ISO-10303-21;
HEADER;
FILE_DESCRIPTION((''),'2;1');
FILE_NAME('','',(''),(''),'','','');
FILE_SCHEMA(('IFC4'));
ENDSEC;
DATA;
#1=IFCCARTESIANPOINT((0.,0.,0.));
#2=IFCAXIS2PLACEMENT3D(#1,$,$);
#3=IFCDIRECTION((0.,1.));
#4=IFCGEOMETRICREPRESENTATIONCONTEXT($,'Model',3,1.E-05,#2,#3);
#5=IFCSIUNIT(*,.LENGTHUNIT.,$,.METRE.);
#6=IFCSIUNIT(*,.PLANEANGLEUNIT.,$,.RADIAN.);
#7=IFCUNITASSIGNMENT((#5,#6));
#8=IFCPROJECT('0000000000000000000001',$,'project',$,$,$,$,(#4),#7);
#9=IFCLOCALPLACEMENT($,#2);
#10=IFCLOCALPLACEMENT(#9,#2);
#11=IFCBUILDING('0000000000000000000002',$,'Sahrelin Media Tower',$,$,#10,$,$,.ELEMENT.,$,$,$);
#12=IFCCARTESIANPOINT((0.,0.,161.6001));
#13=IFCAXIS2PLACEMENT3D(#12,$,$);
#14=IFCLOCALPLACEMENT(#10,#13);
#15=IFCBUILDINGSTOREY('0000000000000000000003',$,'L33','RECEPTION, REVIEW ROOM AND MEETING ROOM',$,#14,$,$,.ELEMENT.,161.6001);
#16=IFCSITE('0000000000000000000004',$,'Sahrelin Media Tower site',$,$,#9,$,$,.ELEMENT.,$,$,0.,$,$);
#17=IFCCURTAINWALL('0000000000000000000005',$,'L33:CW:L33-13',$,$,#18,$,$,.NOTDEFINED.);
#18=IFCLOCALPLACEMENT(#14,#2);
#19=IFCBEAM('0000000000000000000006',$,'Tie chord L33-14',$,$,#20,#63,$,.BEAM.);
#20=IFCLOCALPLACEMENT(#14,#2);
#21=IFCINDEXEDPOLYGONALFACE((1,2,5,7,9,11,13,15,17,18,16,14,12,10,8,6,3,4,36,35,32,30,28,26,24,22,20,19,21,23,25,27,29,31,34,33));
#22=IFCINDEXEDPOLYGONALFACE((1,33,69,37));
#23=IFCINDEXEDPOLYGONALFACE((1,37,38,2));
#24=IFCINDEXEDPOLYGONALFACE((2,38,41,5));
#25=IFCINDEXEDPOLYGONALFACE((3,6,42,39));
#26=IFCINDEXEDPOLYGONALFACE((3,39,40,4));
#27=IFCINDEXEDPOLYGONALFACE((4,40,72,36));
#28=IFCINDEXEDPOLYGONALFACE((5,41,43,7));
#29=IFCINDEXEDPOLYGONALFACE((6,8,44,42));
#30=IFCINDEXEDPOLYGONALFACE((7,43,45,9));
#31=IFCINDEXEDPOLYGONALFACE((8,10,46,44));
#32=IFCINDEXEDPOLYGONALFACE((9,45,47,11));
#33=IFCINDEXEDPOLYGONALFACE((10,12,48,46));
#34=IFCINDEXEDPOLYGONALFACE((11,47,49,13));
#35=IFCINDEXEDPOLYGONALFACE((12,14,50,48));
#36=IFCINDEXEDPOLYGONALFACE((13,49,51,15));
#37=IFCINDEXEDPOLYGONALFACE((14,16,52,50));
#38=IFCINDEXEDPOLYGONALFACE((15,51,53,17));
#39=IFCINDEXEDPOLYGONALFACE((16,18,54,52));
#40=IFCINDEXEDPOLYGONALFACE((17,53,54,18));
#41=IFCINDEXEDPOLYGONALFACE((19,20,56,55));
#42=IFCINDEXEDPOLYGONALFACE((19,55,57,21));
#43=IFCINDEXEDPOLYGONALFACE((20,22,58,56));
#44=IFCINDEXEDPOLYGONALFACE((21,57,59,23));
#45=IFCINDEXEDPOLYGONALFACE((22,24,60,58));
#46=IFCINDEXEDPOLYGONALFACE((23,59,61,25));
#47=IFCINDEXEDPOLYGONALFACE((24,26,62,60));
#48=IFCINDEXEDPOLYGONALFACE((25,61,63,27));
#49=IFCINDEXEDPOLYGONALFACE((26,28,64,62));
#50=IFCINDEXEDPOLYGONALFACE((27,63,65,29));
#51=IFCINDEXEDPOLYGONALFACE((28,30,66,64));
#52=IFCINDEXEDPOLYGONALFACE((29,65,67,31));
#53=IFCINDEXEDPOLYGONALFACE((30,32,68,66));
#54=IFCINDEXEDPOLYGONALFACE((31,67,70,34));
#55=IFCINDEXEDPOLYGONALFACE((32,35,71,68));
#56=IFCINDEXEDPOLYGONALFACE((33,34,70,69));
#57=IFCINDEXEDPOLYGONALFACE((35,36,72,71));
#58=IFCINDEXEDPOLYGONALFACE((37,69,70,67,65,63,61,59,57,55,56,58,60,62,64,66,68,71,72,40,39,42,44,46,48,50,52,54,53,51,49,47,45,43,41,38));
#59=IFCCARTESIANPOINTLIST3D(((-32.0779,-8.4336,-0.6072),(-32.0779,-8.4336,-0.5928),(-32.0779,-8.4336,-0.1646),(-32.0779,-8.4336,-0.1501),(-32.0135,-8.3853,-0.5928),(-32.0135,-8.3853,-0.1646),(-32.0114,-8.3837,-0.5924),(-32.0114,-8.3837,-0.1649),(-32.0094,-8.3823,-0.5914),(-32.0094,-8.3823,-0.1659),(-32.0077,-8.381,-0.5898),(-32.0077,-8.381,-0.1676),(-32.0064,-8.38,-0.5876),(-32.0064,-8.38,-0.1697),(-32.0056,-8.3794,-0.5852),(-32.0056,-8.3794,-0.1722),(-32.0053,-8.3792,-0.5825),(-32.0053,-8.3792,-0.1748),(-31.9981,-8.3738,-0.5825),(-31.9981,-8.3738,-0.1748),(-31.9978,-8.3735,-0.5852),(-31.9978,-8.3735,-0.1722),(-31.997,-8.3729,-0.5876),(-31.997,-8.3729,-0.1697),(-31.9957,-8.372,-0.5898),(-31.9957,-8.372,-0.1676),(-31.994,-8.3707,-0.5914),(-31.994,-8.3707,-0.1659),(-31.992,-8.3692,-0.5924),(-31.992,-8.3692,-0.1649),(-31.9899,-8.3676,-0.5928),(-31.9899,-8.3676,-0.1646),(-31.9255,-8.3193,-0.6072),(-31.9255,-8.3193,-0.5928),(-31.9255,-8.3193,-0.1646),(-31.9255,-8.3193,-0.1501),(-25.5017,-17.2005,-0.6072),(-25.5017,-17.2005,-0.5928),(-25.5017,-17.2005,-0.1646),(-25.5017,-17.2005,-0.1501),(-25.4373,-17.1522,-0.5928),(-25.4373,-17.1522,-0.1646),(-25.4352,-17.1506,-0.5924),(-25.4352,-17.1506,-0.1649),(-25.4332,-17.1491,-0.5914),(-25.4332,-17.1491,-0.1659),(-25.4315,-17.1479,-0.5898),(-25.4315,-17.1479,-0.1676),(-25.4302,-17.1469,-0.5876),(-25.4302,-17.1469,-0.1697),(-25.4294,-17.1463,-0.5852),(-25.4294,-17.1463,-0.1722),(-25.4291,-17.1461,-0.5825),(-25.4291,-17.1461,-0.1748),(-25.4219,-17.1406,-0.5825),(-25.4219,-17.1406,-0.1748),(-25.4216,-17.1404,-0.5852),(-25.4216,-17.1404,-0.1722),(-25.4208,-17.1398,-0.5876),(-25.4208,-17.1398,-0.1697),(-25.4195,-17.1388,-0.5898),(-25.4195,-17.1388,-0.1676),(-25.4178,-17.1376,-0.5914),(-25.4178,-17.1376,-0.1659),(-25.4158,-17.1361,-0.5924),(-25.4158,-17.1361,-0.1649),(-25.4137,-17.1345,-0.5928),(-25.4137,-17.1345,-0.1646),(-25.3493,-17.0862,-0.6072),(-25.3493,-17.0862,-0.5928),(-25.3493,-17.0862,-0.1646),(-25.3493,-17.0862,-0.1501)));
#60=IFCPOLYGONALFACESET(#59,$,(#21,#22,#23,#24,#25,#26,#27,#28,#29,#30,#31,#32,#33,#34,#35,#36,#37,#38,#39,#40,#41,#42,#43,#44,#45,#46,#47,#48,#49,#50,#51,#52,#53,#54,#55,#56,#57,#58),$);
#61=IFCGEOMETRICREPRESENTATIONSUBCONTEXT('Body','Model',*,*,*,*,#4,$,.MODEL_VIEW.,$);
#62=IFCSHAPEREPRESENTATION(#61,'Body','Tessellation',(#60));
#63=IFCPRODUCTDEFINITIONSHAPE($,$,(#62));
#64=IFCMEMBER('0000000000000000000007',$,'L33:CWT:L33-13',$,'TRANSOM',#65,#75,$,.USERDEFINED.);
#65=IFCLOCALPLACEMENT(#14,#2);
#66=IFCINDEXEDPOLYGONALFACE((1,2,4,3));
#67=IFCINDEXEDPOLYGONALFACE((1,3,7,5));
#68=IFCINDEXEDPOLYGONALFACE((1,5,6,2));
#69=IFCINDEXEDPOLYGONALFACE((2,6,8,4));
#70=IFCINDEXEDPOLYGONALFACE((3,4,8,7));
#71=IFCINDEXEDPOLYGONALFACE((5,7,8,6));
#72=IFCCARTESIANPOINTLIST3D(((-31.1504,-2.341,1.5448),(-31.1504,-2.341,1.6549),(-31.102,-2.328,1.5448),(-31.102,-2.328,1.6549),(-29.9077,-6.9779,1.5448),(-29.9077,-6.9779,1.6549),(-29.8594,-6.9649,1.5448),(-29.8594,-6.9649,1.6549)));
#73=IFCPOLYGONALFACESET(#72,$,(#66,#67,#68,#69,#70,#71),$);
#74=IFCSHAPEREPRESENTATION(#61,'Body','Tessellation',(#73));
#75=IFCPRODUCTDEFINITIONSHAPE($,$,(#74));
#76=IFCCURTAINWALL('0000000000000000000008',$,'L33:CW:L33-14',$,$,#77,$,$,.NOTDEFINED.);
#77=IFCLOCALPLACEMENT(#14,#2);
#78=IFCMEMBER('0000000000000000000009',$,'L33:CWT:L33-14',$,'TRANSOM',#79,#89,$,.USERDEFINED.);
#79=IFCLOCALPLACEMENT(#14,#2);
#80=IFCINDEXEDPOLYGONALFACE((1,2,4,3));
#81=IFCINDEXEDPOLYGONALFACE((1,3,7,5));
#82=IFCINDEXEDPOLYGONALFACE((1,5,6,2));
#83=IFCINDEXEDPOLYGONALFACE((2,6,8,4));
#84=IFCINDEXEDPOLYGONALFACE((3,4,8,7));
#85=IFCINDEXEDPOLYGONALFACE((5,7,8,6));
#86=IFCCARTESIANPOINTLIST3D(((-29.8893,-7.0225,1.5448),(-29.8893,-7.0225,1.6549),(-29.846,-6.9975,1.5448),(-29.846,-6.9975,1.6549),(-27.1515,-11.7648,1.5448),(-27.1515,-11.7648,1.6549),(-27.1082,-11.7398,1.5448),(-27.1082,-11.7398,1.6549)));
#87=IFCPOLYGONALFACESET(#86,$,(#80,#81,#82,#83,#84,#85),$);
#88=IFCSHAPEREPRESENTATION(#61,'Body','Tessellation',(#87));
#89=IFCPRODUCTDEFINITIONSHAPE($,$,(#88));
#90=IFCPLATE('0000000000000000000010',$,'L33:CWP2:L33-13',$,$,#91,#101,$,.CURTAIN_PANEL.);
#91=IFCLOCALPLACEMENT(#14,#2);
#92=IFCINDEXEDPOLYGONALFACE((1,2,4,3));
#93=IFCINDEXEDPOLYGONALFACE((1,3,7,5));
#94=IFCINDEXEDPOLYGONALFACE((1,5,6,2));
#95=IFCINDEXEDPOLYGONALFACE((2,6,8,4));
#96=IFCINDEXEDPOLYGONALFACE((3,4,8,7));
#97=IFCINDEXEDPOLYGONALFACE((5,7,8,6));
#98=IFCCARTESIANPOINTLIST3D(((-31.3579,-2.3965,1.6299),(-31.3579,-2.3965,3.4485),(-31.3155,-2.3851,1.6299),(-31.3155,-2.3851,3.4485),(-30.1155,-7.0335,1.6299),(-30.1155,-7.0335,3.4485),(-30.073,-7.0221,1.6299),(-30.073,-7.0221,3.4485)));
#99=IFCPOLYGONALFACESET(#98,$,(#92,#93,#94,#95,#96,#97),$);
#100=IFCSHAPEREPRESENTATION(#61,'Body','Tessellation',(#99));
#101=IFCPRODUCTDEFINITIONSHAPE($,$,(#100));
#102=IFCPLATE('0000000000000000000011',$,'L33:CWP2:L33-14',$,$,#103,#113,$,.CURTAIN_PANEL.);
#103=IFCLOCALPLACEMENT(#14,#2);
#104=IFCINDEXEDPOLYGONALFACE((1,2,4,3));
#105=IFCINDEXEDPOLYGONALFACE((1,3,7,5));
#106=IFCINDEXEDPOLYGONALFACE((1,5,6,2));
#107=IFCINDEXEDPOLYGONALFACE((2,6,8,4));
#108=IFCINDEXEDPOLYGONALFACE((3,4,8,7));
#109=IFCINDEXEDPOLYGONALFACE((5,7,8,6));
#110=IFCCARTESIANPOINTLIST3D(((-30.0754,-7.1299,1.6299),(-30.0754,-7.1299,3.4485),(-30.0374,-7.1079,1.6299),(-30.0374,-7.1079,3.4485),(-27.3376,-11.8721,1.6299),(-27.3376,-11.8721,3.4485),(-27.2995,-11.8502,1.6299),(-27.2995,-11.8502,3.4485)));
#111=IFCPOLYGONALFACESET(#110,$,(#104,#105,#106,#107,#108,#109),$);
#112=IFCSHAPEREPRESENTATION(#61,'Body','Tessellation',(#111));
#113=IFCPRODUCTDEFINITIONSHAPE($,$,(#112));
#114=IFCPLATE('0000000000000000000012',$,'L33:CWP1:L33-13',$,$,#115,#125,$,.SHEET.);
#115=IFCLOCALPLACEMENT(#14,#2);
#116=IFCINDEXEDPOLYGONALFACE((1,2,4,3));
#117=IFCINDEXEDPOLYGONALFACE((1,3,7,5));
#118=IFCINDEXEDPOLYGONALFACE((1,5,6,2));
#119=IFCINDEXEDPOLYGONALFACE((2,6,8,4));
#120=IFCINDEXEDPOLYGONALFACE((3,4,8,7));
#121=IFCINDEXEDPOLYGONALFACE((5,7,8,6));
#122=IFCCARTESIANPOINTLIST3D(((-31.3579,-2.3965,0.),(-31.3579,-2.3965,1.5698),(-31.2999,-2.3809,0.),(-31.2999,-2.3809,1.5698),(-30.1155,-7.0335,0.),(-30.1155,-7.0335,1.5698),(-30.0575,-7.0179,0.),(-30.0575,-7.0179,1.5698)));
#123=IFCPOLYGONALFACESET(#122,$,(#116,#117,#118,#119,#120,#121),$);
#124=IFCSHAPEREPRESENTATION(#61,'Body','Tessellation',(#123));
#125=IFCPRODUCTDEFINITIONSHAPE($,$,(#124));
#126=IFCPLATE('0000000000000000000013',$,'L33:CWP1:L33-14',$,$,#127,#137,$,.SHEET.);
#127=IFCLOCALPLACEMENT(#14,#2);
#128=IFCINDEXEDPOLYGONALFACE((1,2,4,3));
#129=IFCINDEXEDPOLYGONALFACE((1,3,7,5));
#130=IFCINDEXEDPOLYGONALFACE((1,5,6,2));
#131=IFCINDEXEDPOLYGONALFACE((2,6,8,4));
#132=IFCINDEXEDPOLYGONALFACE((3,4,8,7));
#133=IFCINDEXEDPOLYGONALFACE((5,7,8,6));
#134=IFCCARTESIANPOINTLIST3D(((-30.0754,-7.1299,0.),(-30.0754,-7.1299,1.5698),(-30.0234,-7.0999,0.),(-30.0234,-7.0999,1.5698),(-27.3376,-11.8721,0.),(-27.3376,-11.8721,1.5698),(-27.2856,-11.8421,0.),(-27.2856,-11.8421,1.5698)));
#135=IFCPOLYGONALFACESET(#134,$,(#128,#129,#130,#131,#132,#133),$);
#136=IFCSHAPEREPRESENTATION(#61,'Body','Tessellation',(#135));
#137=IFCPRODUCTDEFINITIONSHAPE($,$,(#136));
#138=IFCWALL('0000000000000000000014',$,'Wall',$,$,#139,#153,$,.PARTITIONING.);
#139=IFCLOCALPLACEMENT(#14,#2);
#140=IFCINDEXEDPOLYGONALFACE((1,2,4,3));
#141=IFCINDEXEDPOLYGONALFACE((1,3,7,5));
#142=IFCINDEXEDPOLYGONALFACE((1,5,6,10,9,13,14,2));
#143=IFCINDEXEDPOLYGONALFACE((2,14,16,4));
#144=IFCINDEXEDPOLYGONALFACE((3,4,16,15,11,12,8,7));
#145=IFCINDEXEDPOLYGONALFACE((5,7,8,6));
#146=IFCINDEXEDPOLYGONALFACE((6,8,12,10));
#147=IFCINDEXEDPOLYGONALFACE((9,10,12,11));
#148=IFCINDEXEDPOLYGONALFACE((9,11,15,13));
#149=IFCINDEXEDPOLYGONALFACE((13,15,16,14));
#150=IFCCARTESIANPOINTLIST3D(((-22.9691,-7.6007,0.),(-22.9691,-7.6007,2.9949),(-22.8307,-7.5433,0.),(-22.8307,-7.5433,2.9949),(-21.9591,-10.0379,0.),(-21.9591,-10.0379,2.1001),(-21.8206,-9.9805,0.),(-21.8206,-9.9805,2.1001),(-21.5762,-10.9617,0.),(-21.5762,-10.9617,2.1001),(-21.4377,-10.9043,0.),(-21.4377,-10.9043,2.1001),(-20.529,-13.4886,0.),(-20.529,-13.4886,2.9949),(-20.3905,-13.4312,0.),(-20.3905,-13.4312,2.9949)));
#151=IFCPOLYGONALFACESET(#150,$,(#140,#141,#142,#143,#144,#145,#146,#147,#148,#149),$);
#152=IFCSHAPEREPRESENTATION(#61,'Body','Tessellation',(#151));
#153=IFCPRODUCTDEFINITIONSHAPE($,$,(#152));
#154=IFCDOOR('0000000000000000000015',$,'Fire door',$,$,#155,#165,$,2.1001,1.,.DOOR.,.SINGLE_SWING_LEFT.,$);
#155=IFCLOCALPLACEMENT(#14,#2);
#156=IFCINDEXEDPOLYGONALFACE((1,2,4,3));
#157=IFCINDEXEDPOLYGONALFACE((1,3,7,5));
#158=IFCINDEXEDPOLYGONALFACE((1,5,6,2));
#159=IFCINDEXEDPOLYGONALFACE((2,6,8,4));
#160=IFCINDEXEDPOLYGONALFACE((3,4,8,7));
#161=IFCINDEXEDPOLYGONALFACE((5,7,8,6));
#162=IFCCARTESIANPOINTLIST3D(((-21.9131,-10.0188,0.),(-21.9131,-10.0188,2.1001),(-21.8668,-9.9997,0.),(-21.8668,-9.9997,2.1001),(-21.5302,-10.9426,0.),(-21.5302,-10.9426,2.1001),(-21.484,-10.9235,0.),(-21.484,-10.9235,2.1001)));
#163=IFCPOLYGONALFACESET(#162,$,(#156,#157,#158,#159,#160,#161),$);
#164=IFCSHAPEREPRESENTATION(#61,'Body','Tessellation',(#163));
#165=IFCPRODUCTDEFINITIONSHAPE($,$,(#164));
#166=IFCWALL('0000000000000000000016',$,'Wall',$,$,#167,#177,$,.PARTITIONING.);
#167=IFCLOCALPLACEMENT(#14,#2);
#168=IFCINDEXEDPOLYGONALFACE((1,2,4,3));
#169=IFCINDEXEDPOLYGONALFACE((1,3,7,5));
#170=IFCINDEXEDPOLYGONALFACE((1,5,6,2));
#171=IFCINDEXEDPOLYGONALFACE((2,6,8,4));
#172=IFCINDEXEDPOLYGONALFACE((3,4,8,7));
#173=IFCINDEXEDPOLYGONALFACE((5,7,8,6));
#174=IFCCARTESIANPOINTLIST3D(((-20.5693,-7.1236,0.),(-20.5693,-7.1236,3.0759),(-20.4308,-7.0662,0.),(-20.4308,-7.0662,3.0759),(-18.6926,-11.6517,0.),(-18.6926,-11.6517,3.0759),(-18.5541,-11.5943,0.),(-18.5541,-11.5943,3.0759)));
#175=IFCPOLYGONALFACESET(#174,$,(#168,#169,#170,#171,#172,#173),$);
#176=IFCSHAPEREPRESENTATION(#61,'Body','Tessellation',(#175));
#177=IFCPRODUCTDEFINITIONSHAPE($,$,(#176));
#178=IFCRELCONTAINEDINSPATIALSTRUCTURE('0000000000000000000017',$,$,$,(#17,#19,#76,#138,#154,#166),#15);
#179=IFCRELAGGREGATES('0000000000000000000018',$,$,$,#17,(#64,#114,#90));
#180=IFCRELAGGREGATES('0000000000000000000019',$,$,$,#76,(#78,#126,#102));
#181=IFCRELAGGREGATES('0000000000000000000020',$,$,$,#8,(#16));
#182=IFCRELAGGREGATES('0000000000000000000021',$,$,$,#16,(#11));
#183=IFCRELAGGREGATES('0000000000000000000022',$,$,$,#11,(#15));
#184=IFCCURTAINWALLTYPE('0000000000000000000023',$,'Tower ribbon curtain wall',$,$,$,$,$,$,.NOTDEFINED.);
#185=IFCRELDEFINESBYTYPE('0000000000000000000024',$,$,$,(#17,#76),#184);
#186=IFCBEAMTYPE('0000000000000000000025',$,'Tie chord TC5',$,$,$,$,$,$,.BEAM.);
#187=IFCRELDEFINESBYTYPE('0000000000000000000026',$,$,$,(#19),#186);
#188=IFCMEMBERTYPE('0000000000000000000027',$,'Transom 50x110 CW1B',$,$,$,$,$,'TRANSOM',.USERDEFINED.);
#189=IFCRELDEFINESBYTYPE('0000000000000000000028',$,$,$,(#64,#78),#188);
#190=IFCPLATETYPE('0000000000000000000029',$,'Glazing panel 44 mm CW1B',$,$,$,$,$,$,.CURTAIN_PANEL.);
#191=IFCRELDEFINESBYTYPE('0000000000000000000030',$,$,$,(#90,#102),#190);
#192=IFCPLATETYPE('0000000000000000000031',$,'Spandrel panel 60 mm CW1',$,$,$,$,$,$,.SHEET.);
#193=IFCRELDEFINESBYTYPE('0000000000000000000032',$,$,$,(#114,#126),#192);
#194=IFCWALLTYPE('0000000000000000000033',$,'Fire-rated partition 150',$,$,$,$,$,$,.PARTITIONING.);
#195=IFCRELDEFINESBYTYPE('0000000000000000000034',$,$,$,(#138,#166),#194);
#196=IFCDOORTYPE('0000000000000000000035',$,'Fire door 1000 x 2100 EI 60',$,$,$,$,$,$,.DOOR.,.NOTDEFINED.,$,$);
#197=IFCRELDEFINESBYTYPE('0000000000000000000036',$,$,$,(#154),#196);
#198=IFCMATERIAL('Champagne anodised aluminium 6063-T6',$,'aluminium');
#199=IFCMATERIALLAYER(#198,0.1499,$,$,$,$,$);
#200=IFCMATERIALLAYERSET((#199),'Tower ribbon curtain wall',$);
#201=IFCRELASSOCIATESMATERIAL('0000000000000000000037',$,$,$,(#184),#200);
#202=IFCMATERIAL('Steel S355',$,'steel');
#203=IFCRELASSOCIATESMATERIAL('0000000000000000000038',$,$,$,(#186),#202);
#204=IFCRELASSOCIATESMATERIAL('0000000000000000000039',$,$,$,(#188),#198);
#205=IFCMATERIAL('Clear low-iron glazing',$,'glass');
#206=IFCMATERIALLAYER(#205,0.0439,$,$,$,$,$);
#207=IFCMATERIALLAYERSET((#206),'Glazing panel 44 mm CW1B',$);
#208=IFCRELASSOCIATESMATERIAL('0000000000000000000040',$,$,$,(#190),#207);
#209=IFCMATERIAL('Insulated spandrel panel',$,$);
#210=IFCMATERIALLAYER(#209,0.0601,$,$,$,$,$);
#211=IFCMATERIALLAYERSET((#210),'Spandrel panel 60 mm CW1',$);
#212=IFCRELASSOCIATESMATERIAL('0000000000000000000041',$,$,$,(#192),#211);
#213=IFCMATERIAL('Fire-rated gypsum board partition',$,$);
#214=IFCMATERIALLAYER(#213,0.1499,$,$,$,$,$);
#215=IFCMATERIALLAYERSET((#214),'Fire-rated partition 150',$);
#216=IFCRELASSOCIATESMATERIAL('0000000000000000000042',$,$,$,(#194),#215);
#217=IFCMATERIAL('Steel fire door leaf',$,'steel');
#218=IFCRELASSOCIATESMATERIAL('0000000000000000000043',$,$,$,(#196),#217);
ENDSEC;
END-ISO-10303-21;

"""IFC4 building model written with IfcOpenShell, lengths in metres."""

from ifc_helpers import new_model, si_unit, direction, frame, frame_2d, origin, origin_2d, place, context, subcontext, project, spatial, polyline, rectangle, i_section, outline, extrude, material, layer, layer_set, material_profile, profile_set, type_object, element, fill, aggregate, save


model = new_model("IFC4")

# Units and contexts
model_context = context("Model", 3, precision=1e-05, world=origin(), true_north=direction((0.0, 1.0)))
body_context = subcontext(model_context, "Body", "Model", "MODEL_VIEW")
ifc_project = project(units=[si_unit("LENGTHUNIT", "METRE"), si_unit("PLANEANGLEUNIT", "RADIAN")], contexts=[model_context])

# Site, building, storey
site_placement = place(None, origin())
site = spatial("IfcSite", under=ifc_project, at=site_placement, Name="Sahrelin Media Tower site", CompositionType="ELEMENT", RefElevation=0.0)
building_placement = place(site_placement, origin())
building = spatial("IfcBuilding", under=site, at=building_placement, Name="Sahrelin Media Tower", CompositionType="ELEMENT")
storey_placement = place(building_placement, frame((0.0, 0.0, 161.6001)))
storey = spatial("IfcBuildingStorey", under=building, at=storey_placement, Name="L33", Description="RECEPTION, REVIEW ROOM AND MEETING ROOM", CompositionType="ELEMENT", Elevation=161.6001)

# Shared definitions
ifc_material_1 = material(Name="Steel S355", Category="steel")

# Curtain wall
ifc_material_2 = material(Name="Champagne anodised aluminium 6063-T6", Category="aluminium")
ifc_layer_1 = layer(ifc_material_2, 0.1499)
ifc_layer_set_1 = layer_set([ifc_layer_1], Name="Tower ribbon curtain wall")
curtain_wall_type = type_object("IfcCurtainWallType", Name="Tower ribbon curtain wall", PredefinedType="NOTDEFINED", material=ifc_layer_set_1)
curtain_wall_1_placement = place(storey_placement, frame((-30.7173, -4.7097, 0.0), z_axis=(0.0, 0.0, 1.0), x_axis=(1.0, 0.0, 0.0)))
curtain_wall_1 = element("IfcCurtainWall", 1, at=curtain_wall_1_placement, inside=storey, type_object=curtain_wall_type, Name="L33:CW:L33-13", PredefinedType="NOTDEFINED")

# Beam
ifc_material_profile_1 = material_profile(ifc_material_1, i_section(OverallWidth=0.1904, OverallDepth=0.457, WebThickness=0.009, FlangeThickness=0.0144, FilletRadius=0.0103, at=origin_2d()), Name="UB 457x191x74")
ifc_profile_set_1 = profile_set([ifc_material_profile_1], Name="Steel S355")
beam_type_1 = type_object("IfcBeamType", Name="Tie chord TC5", PredefinedType="BEAM", material=ifc_profile_set_1)
beam_1_placement = place(storey_placement, frame((-32.0017, -8.3765, -0.3787), z_axis=(0.600061, -0.799955, 0.0), x_axis=(0.799955, 0.600061, 0.0)))
element("IfcBeam", 2, at=beam_1_placement, inside=storey, type_object=beam_type_1, Name="Tie chord L33-14", PredefinedType="BEAM", context=body_context, shape_type="SweptSolid", body=[
    extrude(i_section(OverallWidth=0.1904, OverallDepth=0.457, WebThickness=0.009, FlangeThickness=0.0144, FilletRadius=0.0103, at=origin_2d()), origin(), (0.0, 0.0, 1.0), 10.9592),
])

# Member
ifc_material_profile_2 = material_profile(ifc_material_2, rectangle(XDim=0.05, YDim=0.1101, at=origin_2d()), Name="Transom 50x110")
ifc_profile_set_2 = profile_set([ifc_material_profile_2], Name="Champagne anodised aluminium 6063-T6")
member_type_1 = type_object("IfcMemberType", Name="Transom 50x110 CW1B", ElementType="TRANSOM", PredefinedType="USERDEFINED", material=ifc_profile_set_2)
member_1_placement = place(storey_placement, frame((-31.1262, -2.3345, 1.5999), z_axis=(0.258859, -0.965915, 0.0), x_axis=(0.965915, 0.258859, 0.0)))
member_1 = element("IfcMember", 3, at=member_1_placement, type_object=member_type_1, Name="L33:CWT:L33-13", ObjectType="TRANSOM", PredefinedType="USERDEFINED", context=body_context, shape_type="SweptSolid", body=[
    extrude(rectangle(XDim=0.05, YDim=0.1101, at=origin_2d()), origin(), (0.0, 0.0, 1.0), 4.8005),
])

# Curtain wall, member
curtain_wall_2_placement = place(storey_placement, frame((-28.6892, -9.491, 0.0), z_axis=(0.0, 0.0, 1.0), x_axis=(1.0, 0.0, 0.0)))
curtain_wall_2 = element("IfcCurtainWall", 4, at=curtain_wall_2_placement, inside=storey, type_object=curtain_wall_type, Name="L33:CW:L33-14", PredefinedType="NOTDEFINED")
member_2_placement = place(storey_placement, frame((-29.8677, -7.01, 1.5999), z_axis=(0.499985, -0.866034, 0.0), x_axis=(0.866034, 0.499985, 0.0)))
member_2 = element("IfcMember", 5, at=member_2_placement, type_object=member_type_1, Name="L33:CWT:L33-14", ObjectType="TRANSOM", PredefinedType="USERDEFINED", context=body_context, shape_type="SweptSolid", body=[
    extrude(rectangle(XDim=0.05, YDim=0.1101, at=origin_2d()), origin(), (0.0, 0.0, 1.0), 5.4758),
])

# Plates
ifc_material_3 = material(Name="Clear low-iron glazing", Category="glass")
ifc_layer_2 = layer(ifc_material_3, 0.0439)
ifc_layer_set_2 = layer_set([ifc_layer_2], Name="Glazing panel 44 mm CW1B")
plate_type_1 = type_object("IfcPlateType", Name="Glazing panel 44 mm CW1B", PredefinedType="CURTAIN_PANEL", material=ifc_layer_set_2)
plate_1_placement = place(storey_placement, frame((-31.3579, -2.3965, 1.6299), z_axis=(-0.965928, -0.258811, 0.0), x_axis=(0.258811, -0.965928, 0.0)))
plate_1 = element("IfcPlate", 6, at=plate_1_placement, type_object=plate_type_1, Name="L33:CWP2:L33-13", PredefinedType="CURTAIN_PANEL", context=body_context, shape_type="SweptSolid", body=[
    extrude(outline(polyline([(0.0, 0.0), (4.8005, 0.0), (4.8005, 1.8186), (0.0, 1.8186), (0.0, 0.0)])), origin(), (0.0, 0.0, -1.0), 0.0439),
])
plate_2_placement = place(storey_placement, frame((-30.0754, -7.1299, 1.6299), z_axis=(-0.866034, -0.499985, 0.0), x_axis=(0.499985, -0.866034, 0.0)))
plate_2 = element("IfcPlate", 7, at=plate_2_placement, type_object=plate_type_1, Name="L33:CWP2:L33-14", PredefinedType="CURTAIN_PANEL", context=body_context, shape_type="SweptSolid", body=[
    extrude(outline(polyline([(0.0, 0.0), (5.4758, 0.0), (5.4758, 1.8186), (0.0, 1.8186), (0.0, 0.0)])), origin(), (0.0, 0.0, -1.0), 0.0439),
])
ifc_material_4 = material(Name="Insulated spandrel panel")
ifc_layer_3 = layer(ifc_material_4, 0.0601)
ifc_layer_set_3 = layer_set([ifc_layer_3], Name="Spandrel panel 60 mm CW1")
plate_type_2 = type_object("IfcPlateType", Name="Spandrel panel 60 mm CW1", PredefinedType="SHEET", material=ifc_layer_set_3)
plate_3_placement = place(storey_placement, frame((-31.3579, -2.3965, 0.0), z_axis=(-0.965928, -0.258811, 0.0), x_axis=(0.258811, -0.965928, 0.0)))
plate_3 = element("IfcPlate", 8, at=plate_3_placement, type_object=plate_type_2, Name="L33:CWP1:L33-13", PredefinedType="SHEET", context=body_context, shape_type="SweptSolid", body=[
    extrude(outline(polyline([(0.0, 0.0), (4.8005, 0.0), (4.8005, 1.5698), (0.0, 1.5698), (0.0, 0.0)])), origin(), (0.0, 0.0, -1.0), 0.0601),
])
aggregate(curtain_wall_1, [member_1, plate_3, plate_1])
plate_4_placement = place(storey_placement, frame((-30.0754, -7.1299, 0.0), z_axis=(-0.866034, -0.499985, 0.0), x_axis=(0.499985, -0.866034, 0.0)))
plate_4 = element("IfcPlate", 9, at=plate_4_placement, type_object=plate_type_2, Name="L33:CWP1:L33-14", PredefinedType="SHEET", context=body_context, shape_type="SweptSolid", body=[
    extrude(outline(polyline([(0.0, 0.0), (5.4758, 0.0), (5.4758, 1.5698), (0.0, 1.5698), (0.0, 0.0)])), origin(), (0.0, 0.0, -1.0), 0.0601),
])
aggregate(curtain_wall_2, [member_2, plate_4, plate_2])

# Wall, opening, door
ifc_material_5 = material(Name="Fire-rated gypsum board partition")
ifc_layer_4 = layer(ifc_material_5, 0.1499)
ifc_layer_set_4 = layer_set([ifc_layer_4], Name="Fire-rated partition 150")
wall_type_1 = type_object("IfcWallType", Name="Fire-rated partition 150", PredefinedType="PARTITIONING", material=ifc_layer_set_4)
wall_1_placement = place(storey_placement, frame((-22.8999, -7.572, 0.0), z_axis=(0.0, 0.0, 1.0), x_axis=(0.38286, -0.923806, 0.0)))
wall_1 = element("IfcWall", 10, at=wall_1_placement, inside=storey, type_object=wall_type_1, Name="Wall", PredefinedType="PARTITIONING", context=body_context, shape_type="SweptSolid", body=[
    extrude(rectangle(XDim=6.3735, YDim=0.1499, at=frame_2d((3.1868, 0.0))), origin(), (0.0, 0.0, 1.0), 2.9949),
])
opening_1_placement = place(wall_1_placement, frame((2.6382, 0.0, 0.0)))
opening_1 = element("IfcOpeningElement", 11, at=opening_1_placement, cuts=wall_1, PredefinedType="OPENING", context=body_context, shape_type="SweptSolid", body=[
    extrude(rectangle(XDim=1.0, YDim=2.1001, at=frame_2d((0.5, 1.05))), frame((0.0, 0.075, 0.0), z_axis=(0.0, -1.0, 0.0), x_axis=(1.0, 0.0, 0.0)), (0.0, 0.0, 1.0), 0.1499),
])
ifc_material_6 = material(Name="Steel fire door leaf", Category="steel")
door_type = type_object("IfcDoorType", Name="Fire door 1000 x 2100 EI 60", OperationType="NOTDEFINED", PredefinedType="DOOR", material=ifc_material_6)
door_1_placement = place(opening_1_placement, origin())
door_1 = element("IfcDoor", 12, at=door_1_placement, inside=storey, type_object=door_type, Name="Fire door", OperationType="SINGLE_SWING_LEFT", OverallHeight=2.1001, OverallWidth=1.0, PredefinedType="DOOR", context=body_context, shape_type="SweptSolid", body=[
    extrude(rectangle(XDim=1.0, YDim=2.1001, at=frame_2d((0.5, 1.05))), frame((0.0, 0.0249, 0.0), z_axis=(0.0, -1.0, 0.0), x_axis=(1.0, 0.0, 0.0)), (0.0, 0.0, 1.0), 0.05),
])
fill(opening_1, door_1)

# Wall
wall_2_placement = place(storey_placement, frame((-20.5, -7.095, 0.0), z_axis=(0.0, 0.0, 1.0), x_axis=(0.382878, -0.923799, 0.0)))
element("IfcWall", 13, at=wall_2_placement, inside=storey, type_object=wall_type_1, Name="Wall", PredefinedType="PARTITIONING", context=body_context, shape_type="SweptSolid", body=[
    extrude(rectangle(XDim=4.9016, YDim=0.1499, at=frame_2d((2.4507, 0.0))), origin(), (0.0, 0.0, 1.0), 3.0759),
])

save(model, "model.ifc")
